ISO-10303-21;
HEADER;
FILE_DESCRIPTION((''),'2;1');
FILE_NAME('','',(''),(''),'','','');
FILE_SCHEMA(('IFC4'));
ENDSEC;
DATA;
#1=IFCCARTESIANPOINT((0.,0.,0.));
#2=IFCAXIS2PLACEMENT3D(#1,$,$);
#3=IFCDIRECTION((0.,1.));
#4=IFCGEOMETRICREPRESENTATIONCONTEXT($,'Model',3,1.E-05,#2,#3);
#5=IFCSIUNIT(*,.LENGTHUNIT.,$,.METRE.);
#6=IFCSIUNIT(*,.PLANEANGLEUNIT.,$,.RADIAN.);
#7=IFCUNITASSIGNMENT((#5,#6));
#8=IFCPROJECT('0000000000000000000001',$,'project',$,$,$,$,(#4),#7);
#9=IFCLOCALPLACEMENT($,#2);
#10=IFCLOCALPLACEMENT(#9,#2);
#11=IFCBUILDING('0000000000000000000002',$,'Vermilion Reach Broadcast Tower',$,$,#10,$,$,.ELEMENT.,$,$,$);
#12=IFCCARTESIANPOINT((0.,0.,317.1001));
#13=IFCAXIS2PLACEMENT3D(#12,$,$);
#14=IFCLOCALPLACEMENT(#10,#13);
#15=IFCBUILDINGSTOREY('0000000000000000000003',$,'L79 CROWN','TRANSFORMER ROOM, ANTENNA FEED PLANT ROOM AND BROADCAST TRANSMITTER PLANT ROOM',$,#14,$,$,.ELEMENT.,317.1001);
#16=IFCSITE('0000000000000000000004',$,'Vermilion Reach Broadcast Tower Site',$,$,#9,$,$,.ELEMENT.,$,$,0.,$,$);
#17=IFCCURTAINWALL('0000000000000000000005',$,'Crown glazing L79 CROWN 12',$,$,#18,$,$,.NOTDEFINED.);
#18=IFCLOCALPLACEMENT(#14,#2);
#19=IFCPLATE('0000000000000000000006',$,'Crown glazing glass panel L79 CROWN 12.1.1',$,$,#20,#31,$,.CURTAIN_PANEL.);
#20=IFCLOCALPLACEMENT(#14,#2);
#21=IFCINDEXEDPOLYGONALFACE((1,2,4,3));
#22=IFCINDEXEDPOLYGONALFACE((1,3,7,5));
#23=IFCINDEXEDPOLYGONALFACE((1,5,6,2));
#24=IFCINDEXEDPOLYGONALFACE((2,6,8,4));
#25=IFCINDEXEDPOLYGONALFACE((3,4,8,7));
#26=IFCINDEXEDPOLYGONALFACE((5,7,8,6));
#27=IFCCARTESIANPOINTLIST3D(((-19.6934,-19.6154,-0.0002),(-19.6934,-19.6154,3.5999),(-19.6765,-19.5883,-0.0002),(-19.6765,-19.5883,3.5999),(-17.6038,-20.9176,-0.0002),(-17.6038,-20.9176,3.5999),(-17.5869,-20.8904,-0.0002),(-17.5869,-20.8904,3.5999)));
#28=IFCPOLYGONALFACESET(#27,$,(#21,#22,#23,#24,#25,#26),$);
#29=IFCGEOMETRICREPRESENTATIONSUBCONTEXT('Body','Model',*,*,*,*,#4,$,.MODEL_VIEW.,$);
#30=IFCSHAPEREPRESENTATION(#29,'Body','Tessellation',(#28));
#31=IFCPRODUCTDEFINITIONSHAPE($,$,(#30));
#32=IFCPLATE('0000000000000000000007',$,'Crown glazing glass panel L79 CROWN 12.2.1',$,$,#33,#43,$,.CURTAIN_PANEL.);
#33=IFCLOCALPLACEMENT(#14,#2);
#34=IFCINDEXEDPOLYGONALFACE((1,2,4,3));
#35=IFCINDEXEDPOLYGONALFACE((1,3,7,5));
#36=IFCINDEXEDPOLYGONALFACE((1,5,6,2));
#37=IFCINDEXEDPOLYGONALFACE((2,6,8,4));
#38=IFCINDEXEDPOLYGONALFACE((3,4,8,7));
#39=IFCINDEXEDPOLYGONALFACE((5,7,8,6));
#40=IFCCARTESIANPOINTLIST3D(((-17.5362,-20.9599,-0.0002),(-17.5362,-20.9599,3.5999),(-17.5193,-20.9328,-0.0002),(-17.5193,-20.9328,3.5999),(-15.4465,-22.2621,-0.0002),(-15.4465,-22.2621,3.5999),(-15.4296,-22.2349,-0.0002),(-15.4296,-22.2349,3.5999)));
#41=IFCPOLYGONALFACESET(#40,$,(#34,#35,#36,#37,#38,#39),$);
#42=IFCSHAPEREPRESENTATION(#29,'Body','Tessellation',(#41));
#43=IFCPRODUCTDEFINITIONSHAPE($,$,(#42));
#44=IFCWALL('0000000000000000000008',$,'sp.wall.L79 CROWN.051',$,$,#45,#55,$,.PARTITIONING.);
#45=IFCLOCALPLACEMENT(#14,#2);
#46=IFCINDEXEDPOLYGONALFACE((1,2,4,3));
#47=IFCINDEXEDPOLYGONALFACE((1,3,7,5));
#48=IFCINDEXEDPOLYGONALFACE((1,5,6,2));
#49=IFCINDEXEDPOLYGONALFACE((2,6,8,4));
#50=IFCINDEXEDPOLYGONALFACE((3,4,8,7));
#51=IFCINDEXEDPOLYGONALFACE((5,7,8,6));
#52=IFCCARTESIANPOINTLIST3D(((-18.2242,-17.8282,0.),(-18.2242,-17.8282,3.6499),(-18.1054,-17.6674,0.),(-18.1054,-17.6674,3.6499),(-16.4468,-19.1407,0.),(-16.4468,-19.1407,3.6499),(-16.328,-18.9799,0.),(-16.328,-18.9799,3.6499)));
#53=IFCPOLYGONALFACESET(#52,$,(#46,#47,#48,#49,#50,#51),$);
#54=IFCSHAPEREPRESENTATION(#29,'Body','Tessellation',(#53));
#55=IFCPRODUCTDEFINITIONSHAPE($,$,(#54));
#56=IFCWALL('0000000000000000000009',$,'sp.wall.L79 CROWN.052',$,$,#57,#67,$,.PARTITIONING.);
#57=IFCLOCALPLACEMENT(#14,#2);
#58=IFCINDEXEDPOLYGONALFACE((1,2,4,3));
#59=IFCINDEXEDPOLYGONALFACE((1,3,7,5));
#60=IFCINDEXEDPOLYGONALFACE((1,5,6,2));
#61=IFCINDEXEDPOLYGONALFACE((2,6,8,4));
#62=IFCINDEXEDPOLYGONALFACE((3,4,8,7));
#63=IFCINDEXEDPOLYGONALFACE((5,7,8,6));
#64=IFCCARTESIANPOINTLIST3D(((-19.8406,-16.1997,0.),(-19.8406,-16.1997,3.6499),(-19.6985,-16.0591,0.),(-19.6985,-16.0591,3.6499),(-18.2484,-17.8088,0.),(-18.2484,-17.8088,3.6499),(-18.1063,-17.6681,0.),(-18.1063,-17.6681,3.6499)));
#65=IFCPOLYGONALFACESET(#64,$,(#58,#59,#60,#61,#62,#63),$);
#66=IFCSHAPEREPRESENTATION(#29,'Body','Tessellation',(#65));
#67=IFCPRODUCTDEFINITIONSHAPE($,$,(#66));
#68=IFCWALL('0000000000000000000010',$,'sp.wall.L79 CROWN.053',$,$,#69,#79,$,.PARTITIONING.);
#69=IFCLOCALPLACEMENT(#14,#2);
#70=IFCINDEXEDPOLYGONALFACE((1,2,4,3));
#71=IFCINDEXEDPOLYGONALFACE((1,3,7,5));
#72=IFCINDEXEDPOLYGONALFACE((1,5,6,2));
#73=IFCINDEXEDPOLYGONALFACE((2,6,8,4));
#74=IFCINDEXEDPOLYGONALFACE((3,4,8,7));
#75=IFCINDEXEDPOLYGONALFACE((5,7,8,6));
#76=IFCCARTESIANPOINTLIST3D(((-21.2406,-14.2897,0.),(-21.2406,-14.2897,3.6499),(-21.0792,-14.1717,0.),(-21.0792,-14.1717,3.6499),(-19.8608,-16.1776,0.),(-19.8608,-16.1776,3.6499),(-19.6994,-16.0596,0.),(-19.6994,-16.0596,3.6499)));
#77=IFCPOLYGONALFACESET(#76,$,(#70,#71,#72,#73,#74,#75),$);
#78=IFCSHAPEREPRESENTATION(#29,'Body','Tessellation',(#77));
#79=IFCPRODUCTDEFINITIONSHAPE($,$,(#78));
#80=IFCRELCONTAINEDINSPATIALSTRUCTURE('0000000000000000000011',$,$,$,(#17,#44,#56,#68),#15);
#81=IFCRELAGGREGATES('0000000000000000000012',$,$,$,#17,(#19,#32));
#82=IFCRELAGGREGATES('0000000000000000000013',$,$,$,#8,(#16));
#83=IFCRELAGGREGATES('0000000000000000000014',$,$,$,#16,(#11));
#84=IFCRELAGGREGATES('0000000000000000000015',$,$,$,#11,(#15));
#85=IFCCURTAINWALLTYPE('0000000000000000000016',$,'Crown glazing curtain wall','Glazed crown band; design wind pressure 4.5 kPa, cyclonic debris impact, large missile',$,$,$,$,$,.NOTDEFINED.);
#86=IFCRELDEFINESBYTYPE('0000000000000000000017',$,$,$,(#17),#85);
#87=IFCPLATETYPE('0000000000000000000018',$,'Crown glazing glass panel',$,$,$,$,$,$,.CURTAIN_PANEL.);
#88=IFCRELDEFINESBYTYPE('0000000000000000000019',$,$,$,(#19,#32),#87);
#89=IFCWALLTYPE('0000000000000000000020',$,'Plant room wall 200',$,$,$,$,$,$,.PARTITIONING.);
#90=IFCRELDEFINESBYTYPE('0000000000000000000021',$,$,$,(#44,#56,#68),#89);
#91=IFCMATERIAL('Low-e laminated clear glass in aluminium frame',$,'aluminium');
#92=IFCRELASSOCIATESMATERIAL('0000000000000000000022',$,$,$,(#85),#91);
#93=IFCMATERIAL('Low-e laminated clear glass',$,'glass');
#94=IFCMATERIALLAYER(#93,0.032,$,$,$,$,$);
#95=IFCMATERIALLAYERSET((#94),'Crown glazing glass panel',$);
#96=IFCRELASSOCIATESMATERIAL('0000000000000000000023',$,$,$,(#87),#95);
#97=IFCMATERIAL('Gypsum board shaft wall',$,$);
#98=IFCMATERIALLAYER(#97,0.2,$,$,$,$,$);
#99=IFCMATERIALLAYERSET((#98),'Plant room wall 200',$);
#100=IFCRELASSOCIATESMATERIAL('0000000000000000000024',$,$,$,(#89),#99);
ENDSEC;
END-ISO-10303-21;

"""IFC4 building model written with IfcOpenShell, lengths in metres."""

from ifc_helpers import new_model, si_unit, direction, frame, frame_2d, origin, origin_2d, place, context, subcontext, project, spatial, rectangle, extrude, material, layer, layer_set, type_object, element, aggregate, save


model = new_model("IFC4")

# Units and contexts
model_context = context("Model", 3, precision=1e-05, world=origin(), true_north=direction((0.0, 1.0)))
body_context = subcontext(model_context, "Body", "Model", "MODEL_VIEW")
ifc_project = project(units=[si_unit("LENGTHUNIT", "METRE"), si_unit("PLANEANGLEUNIT", "RADIAN")], contexts=[model_context])

# Site, building, storey
site_placement = place(None, origin())
site = spatial("IfcSite", under=ifc_project, at=site_placement, Name="Vermilion Reach Broadcast Tower Site", CompositionType="ELEMENT", RefElevation=0.0)
building_placement = place(site_placement, origin())
building = spatial("IfcBuilding", under=site, at=building_placement, Name="Vermilion Reach Broadcast Tower", CompositionType="ELEMENT")
storey_placement = place(building_placement, frame((0.0, 0.0, 317.1001)))
storey = spatial("IfcBuildingStorey", under=building, at=storey_placement, Name="L79 CROWN", Description="TRANSFORMER ROOM, ANTENNA FEED PLANT ROOM AND BROADCAST TRANSMITTER PLANT ROOM", CompositionType="ELEMENT", Elevation=317.1001)

# Shared definitions
ifc_material_1 = material(Name="Low-e laminated clear glass in aluminium frame", Category="aluminium")
curtain_wall_type = type_object("IfcCurtainWallType", Name="Crown glazing curtain wall", Description="Glazed crown band; design wind pressure 4.5 kPa, cyclonic debris impact, large missile", PredefinedType="NOTDEFINED", material=ifc_material_1)
placement = place(storey_placement, origin())

# Curtain wall
curtain_wall_1 = element("IfcCurtainWall", 1, at=placement, inside=storey, type_object=curtain_wall_type, Name="Crown glazing L79 CROWN 12", PredefinedType="NOTDEFINED")

# Plates
ifc_material_2 = material(Name="Low-e laminated clear glass", Category="glass")
ifc_layer_1 = layer(ifc_material_2, 0.032)
ifc_layer_set_1 = layer_set([ifc_layer_1], Name="Crown glazing glass panel")
plate_type = type_object("IfcPlateType", Name="Crown glazing glass panel", PredefinedType="CURTAIN_PANEL", material=ifc_layer_set_1)
plate_1_placement = place(storey_placement, frame((-18.6401, -20.2529, -0.0002), z_axis=(0.0, 0.0, 1.0), x_axis=(0.848708, -0.528861, 0.0)))
plate_1 = element("IfcPlate", 2, at=plate_1_placement, type_object=plate_type, Name="Crown glazing glass panel L79 CROWN 12.1.1", PredefinedType="CURTAIN_PANEL", context=body_context, shape_type="SweptSolid", body=[
    extrude(rectangle(XDim=2.4622, YDim=0.032, at=origin_2d()), origin(), (0.0, 0.0, 1.0), 3.6001),
])
plate_2_placement = place(storey_placement, frame((-16.4829, -21.5974, -0.0002), z_axis=(0.0, 0.0, 1.0), x_axis=(0.848708, -0.528861, 0.0)))
plate_2 = element("IfcPlate", 3, at=plate_2_placement, type_object=plate_type, Name="Crown glazing glass panel L79 CROWN 12.2.1", PredefinedType="CURTAIN_PANEL", context=body_context, shape_type="SweptSolid", body=[
    extrude(rectangle(XDim=2.4622, YDim=0.032, at=origin_2d()), origin(), (0.0, 0.0, 1.0), 3.6001),
])
aggregate(curtain_wall_1, [plate_1, plate_2])

# Walls
ifc_material_3 = material(Name="Gypsum board shaft wall")
ifc_layer_2 = layer(ifc_material_3, 0.2)
ifc_layer_set_2 = layer_set([ifc_layer_2], Name="Plant room wall 200")
wall_type = type_object("IfcWallType", Name="Plant room wall 200", PredefinedType="PARTITIONING", material=ifc_layer_set_2)
wall_1_placement = place(storey_placement, frame((-18.1648, -17.7478, 0.0), z_axis=(0.0, 0.0, 1.0), x_axis=(0.804433, -0.594043, 0.0)))
element("IfcWall", 4, at=wall_1_placement, inside=storey, type_object=wall_type, Name="sp.wall.L79 CROWN.051", PredefinedType="PARTITIONING", context=body_context, shape_type="SweptSolid", body=[
    extrude(rectangle(XDim=2.2095, YDim=0.2, at=frame_2d((1.1047, 0.0))), origin(), (0.0, 0.0, 1.0), 3.6499),
])
wall_2_placement = place(storey_placement, frame((-19.7695, -16.1294, 0.0), z_axis=(0.0, 0.0, 1.0), x_axis=(0.703376, -0.710818, 0.0)))
element("IfcWall", 5, at=wall_2_placement, inside=storey, type_object=wall_type, Name="sp.wall.L79 CROWN.052", PredefinedType="PARTITIONING", context=body_context, shape_type="SweptSolid", body=[
    extrude(rectangle(XDim=2.2637, YDim=0.2, at=frame_2d((1.1318, 0.0))), origin(), (0.0, 0.0, 1.0), 3.6499),
])
wall_3_placement = place(storey_placement, frame((-21.1599, -14.2307, 0.0), z_axis=(0.0, 0.0, 1.0), x_axis=(0.590082, -0.807343, 0.0)))
element("IfcWall", 6, at=wall_3_placement, inside=storey, type_object=wall_type, Name="sp.wall.L79 CROWN.053", PredefinedType="PARTITIONING", context=body_context, shape_type="SweptSolid", body=[
    extrude(rectangle(XDim=2.3384, YDim=0.2, at=frame_2d((1.1692, 0.0))), origin(), (0.0, 0.0, 1.0), 3.6499),
])

save(model, "model.ifc")
